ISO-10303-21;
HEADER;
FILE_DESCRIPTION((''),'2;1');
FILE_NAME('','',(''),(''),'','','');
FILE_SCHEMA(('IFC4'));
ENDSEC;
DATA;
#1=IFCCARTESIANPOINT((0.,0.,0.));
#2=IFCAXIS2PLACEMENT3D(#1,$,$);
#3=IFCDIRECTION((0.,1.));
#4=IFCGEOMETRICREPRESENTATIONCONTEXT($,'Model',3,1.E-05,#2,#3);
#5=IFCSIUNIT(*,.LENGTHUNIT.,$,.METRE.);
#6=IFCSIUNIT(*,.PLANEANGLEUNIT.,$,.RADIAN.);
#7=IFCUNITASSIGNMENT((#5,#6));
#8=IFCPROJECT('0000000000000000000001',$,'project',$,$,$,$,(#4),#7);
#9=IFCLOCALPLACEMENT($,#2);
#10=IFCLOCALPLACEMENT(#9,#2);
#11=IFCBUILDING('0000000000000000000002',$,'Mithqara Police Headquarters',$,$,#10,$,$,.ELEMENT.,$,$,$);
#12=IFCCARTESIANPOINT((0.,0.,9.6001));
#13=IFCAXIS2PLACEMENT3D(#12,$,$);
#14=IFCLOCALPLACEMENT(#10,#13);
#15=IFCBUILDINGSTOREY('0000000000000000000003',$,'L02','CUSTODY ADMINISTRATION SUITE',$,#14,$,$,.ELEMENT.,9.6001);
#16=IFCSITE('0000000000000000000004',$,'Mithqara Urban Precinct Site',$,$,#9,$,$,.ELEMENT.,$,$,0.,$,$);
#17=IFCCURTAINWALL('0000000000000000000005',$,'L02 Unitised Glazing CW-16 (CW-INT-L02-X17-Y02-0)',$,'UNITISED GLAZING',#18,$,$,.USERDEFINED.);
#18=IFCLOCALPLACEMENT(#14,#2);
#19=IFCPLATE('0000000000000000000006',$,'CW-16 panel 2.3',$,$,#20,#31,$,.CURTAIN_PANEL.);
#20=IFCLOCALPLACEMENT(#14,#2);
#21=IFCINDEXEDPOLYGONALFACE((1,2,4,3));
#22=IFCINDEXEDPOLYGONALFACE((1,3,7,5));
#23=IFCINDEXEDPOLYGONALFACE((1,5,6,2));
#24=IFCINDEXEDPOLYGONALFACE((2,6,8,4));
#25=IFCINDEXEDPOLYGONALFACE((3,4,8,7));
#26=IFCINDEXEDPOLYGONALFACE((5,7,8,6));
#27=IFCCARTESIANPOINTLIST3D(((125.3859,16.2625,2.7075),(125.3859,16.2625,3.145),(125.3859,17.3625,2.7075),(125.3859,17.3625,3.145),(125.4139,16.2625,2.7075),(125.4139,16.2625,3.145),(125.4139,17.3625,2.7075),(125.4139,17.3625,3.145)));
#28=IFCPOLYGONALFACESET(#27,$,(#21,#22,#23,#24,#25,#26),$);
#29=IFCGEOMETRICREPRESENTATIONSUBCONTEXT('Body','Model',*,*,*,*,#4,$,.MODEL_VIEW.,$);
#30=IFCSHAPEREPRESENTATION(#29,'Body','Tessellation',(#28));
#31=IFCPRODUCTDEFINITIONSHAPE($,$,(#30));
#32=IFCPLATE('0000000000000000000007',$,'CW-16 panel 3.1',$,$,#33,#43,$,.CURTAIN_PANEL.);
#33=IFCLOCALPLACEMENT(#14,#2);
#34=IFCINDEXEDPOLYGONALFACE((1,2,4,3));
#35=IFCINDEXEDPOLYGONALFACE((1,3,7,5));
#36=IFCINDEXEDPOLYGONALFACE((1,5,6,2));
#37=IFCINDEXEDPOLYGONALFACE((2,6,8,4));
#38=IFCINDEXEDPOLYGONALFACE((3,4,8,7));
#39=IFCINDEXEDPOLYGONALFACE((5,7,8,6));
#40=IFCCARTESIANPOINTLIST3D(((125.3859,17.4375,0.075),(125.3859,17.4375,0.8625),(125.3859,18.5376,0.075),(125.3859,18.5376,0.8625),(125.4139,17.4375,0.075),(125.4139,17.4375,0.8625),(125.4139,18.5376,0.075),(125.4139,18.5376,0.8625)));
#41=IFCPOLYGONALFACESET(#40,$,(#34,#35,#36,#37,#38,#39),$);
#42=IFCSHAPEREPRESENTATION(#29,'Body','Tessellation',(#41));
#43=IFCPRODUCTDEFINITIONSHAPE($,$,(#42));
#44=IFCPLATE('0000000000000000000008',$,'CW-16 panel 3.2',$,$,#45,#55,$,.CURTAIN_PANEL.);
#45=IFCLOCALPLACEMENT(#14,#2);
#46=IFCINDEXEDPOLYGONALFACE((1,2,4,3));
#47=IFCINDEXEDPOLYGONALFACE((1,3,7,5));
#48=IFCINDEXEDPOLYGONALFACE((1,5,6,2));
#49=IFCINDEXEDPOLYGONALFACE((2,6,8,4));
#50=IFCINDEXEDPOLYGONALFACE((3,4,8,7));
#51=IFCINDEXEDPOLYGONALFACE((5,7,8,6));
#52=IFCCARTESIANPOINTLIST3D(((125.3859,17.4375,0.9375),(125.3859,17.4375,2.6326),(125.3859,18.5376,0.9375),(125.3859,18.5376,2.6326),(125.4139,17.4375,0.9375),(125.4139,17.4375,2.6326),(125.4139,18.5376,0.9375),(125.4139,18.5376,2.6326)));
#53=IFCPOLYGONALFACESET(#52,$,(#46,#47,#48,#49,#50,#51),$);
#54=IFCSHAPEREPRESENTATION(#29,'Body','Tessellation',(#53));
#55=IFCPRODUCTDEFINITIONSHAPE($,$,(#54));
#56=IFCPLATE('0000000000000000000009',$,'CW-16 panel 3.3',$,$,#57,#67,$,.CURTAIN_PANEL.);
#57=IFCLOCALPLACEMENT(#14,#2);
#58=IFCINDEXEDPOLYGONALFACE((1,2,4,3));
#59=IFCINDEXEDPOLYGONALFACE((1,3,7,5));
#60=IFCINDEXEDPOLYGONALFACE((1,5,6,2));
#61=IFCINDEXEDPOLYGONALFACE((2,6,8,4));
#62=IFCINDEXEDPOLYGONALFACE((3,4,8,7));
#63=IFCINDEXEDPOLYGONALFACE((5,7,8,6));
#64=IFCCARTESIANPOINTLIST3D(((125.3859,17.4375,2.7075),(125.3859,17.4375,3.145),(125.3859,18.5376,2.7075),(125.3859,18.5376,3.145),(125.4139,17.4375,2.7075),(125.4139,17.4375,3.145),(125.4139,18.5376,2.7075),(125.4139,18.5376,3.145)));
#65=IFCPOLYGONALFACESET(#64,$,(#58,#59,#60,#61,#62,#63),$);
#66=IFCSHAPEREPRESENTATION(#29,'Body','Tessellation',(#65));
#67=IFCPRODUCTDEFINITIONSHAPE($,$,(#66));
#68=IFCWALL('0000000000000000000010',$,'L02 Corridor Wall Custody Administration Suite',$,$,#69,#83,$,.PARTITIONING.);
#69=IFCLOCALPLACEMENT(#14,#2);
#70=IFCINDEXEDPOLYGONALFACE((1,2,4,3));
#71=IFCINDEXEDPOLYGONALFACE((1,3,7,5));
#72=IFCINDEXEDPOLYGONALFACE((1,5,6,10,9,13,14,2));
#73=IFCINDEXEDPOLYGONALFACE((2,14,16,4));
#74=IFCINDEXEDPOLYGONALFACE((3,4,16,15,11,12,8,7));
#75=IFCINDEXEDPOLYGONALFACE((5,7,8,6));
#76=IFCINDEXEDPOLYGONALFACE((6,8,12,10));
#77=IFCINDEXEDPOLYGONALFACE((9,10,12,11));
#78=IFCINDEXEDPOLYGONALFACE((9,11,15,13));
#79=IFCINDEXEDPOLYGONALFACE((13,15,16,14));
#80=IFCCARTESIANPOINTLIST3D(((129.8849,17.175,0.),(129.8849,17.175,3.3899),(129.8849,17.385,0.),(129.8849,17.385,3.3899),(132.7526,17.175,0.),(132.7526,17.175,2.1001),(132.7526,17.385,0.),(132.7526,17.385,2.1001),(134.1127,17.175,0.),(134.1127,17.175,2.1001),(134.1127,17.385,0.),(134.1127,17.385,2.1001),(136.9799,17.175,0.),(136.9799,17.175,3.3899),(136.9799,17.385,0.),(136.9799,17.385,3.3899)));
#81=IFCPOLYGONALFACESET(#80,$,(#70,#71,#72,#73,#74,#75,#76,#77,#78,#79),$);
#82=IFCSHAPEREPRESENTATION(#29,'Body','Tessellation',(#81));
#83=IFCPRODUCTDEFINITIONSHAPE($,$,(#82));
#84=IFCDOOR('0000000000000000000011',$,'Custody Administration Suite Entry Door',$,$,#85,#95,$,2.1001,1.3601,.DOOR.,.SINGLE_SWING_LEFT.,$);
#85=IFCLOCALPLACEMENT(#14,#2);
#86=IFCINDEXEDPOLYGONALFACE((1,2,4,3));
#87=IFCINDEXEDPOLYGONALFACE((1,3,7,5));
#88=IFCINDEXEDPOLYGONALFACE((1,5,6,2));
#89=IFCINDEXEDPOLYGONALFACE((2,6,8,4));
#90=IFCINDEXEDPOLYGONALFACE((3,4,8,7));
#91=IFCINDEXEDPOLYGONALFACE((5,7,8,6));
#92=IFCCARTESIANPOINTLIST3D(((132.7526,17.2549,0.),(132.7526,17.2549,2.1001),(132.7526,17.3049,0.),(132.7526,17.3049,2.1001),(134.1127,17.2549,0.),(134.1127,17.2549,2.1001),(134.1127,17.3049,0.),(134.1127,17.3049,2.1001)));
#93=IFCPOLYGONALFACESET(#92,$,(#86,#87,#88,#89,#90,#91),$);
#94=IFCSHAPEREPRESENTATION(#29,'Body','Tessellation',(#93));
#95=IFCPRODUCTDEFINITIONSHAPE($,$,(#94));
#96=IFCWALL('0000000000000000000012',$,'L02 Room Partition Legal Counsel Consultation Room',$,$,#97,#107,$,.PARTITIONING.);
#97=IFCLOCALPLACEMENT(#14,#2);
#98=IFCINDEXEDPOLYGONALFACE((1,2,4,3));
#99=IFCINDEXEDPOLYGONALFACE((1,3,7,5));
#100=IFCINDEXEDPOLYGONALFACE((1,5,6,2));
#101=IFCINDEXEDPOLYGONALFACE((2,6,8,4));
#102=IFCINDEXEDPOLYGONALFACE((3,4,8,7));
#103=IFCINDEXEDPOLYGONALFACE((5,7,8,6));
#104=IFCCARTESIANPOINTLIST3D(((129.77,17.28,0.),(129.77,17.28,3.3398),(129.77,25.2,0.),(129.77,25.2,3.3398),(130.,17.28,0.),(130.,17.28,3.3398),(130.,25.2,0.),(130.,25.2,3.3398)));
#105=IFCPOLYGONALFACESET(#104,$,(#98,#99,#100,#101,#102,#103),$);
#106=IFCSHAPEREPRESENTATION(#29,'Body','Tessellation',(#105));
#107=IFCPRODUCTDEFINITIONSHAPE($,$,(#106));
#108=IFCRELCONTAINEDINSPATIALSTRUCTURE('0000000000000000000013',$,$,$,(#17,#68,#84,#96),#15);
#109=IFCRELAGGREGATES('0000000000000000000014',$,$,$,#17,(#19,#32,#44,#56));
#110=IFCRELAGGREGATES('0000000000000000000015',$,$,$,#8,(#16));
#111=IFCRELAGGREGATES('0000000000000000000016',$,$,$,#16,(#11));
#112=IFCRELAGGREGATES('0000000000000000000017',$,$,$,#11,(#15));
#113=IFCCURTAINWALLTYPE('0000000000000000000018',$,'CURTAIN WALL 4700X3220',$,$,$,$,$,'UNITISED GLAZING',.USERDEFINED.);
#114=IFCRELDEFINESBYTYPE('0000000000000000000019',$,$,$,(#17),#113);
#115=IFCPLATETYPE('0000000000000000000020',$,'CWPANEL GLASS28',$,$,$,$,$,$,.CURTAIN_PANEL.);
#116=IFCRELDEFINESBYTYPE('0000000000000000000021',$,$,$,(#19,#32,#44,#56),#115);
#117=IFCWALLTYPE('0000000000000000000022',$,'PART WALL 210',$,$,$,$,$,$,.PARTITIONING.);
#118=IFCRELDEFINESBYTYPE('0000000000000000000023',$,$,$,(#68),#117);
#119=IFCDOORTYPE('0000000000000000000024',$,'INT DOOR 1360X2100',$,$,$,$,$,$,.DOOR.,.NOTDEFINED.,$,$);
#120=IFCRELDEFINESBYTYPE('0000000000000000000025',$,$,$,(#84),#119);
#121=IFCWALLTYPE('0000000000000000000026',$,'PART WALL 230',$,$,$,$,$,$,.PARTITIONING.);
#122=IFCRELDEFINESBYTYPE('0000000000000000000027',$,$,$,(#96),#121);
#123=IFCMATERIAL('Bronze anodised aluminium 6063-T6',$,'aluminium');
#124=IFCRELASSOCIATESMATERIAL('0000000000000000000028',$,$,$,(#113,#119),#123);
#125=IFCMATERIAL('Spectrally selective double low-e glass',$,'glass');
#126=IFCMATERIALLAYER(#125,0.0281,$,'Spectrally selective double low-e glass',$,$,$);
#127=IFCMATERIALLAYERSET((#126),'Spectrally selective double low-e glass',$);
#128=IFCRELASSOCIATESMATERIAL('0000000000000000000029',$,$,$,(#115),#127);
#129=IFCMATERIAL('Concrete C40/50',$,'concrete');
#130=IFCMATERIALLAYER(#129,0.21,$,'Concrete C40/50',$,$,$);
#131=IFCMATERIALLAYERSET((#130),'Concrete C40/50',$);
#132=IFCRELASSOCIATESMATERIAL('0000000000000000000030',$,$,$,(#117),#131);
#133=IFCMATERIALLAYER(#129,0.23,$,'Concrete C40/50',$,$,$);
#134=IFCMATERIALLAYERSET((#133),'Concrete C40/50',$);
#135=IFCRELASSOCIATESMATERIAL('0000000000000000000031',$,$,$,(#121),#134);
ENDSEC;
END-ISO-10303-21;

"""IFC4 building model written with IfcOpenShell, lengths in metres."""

from ifc_helpers import new_model, si_unit, direction, frame, frame_2d, origin, origin_2d, place, context, subcontext, project, spatial, rectangle, extrude, material, layer, layer_set, type_object, element, fill, aggregate, save


model = new_model("IFC4")

# Units and contexts
model_context = context("Model", 3, precision=1e-05, world=origin(), true_north=direction((0.0, 1.0)))
body_context = subcontext(model_context, "Body", "Model", "MODEL_VIEW")
ifc_project = project(units=[si_unit("LENGTHUNIT", "METRE"), si_unit("PLANEANGLEUNIT", "RADIAN")], contexts=[model_context])

# Site, building, storey
site_placement = place(None, origin())
site = spatial("IfcSite", under=ifc_project, at=site_placement, Name="Mithqara Urban Precinct Site", CompositionType="ELEMENT", RefElevation=0.0)
building_placement = place(site_placement, origin())
building = spatial("IfcBuilding", under=site, at=building_placement, Name="Mithqara Police Headquarters", CompositionType="ELEMENT")
storey_placement = place(building_placement, frame((0.0, 0.0, 9.6001)))
storey = spatial("IfcBuildingStorey", under=building, at=storey_placement, Name="L02", Description="CUSTODY ADMINISTRATION SUITE", CompositionType="ELEMENT", Elevation=9.6001)

# Curtain wall, plates
ifc_material_1 = material(Name="Bronze anodised aluminium 6063-T6", Category="aluminium")
curtain_wall_type = type_object("IfcCurtainWallType", Name="CURTAIN WALL 4700X3220", ElementType="UNITISED GLAZING", PredefinedType="USERDEFINED", material=ifc_material_1)
curtain_wall_placement = place(storey_placement, origin())
curtain_wall = element("IfcCurtainWall", 1, at=curtain_wall_placement, inside=storey, type_object=curtain_wall_type, Name="L02 Unitised Glazing CW-16 (CW-INT-L02-X17-Y02-0)", ObjectType="UNITISED GLAZING", PredefinedType="USERDEFINED")
ifc_material_2 = material(Name="Spectrally selective double low-e glass", Category="glass")
ifc_layer_1 = layer(ifc_material_2, 0.0281, Name="Spectrally selective double low-e glass")
ifc_layer_set_1 = layer_set([ifc_layer_1], Name="Spectrally selective double low-e glass")
plate_type = type_object("IfcPlateType", Name="CWPANEL GLASS28", PredefinedType="CURTAIN_PANEL", material=ifc_layer_set_1)
plate_1_placement = place(storey_placement, frame((125.3999, 16.8125, 2.7075), z_axis=(0.0, 0.0, 1.0), x_axis=(0.0, 1.0, 0.0)))
plate_1 = element("IfcPlate", 2, at=plate_1_placement, type_object=plate_type, Name="CW-16 panel 2.3", PredefinedType="CURTAIN_PANEL", context=body_context, shape_type="SweptSolid", body=[
    extrude(rectangle(XDim=1.1001, YDim=0.0281, at=origin_2d()), origin(), (0.0, 0.0, 1.0), 0.4375),
])
plate_2_placement = place(storey_placement, frame((125.3999, 17.9875, 0.075), z_axis=(0.0, 0.0, 1.0), x_axis=(0.0, 1.0, 0.0)))
plate_2 = element("IfcPlate", 3, at=plate_2_placement, type_object=plate_type, Name="CW-16 panel 3.1", PredefinedType="CURTAIN_PANEL", context=body_context, shape_type="SweptSolid", body=[
    extrude(rectangle(XDim=1.1001, YDim=0.0281, at=origin_2d()), origin(), (0.0, 0.0, 1.0), 0.7876),
])
plate_3_placement = place(storey_placement, frame((125.3999, 17.9875, 0.9375), z_axis=(0.0, 0.0, 1.0), x_axis=(0.0, 1.0, 0.0)))
plate_3 = element("IfcPlate", 4, at=plate_3_placement, type_object=plate_type, Name="CW-16 panel 3.2", PredefinedType="CURTAIN_PANEL", context=body_context, shape_type="SweptSolid", body=[
    extrude(rectangle(XDim=1.1001, YDim=0.0281, at=origin_2d()), origin(), (0.0, 0.0, 1.0), 1.6951),
])
plate_4_placement = place(storey_placement, frame((125.3999, 17.9875, 2.7075), z_axis=(0.0, 0.0, 1.0), x_axis=(0.0, 1.0, 0.0)))
plate_4 = element("IfcPlate", 5, at=plate_4_placement, type_object=plate_type, Name="CW-16 panel 3.3", PredefinedType="CURTAIN_PANEL", context=body_context, shape_type="SweptSolid", body=[
    extrude(rectangle(XDim=1.1001, YDim=0.0281, at=origin_2d()), origin(), (0.0, 0.0, 1.0), 0.4375),
])
aggregate(curtain_wall, [plate_1, plate_2, plate_3, plate_4])

# Wall, opening, door
ifc_material_3 = material(Name="Concrete C40/50", Category="concrete")
ifc_layer_2 = layer(ifc_material_3, 0.21, Name="Concrete C40/50")
ifc_layer_set_2 = layer_set([ifc_layer_2], Name="Concrete C40/50")
wall_type_1 = type_object("IfcWallType", Name="PART WALL 210", PredefinedType="PARTITIONING", material=ifc_layer_set_2)
wall_1_placement = place(storey_placement, frame((129.885, 17.28, 0.0), z_axis=(0.0, 0.0, 1.0), x_axis=(1.0, 0.0, 0.0)))
wall_1 = element("IfcWall", 6, at=wall_1_placement, inside=storey, type_object=wall_type_1, Name="L02 Corridor Wall Custody Administration Suite", PredefinedType="PARTITIONING", context=body_context, shape_type="SweptSolid", body=[
    extrude(rectangle(XDim=7.095, YDim=0.21, at=frame_2d((3.5474, 0.0))), origin(), (0.0, 0.0, 1.0), 3.3899),
])
opening_placement = place(wall_1_placement, frame((2.8674, 0.0, 0.0)))
opening = element("IfcOpeningElement", 7, at=opening_placement, cuts=wall_1, PredefinedType="OPENING", context=body_context, shape_type="SweptSolid", body=[
    extrude(rectangle(XDim=1.3601, YDim=2.1001, at=frame_2d((0.6802, 1.05))), frame((0.0, 0.115, 0.0), z_axis=(0.0, -1.0, 0.0), x_axis=(1.0, 0.0, 0.0)), (0.0, 0.0, 1.0), 0.23),
])
door_type = type_object("IfcDoorType", Name="INT DOOR 1360X2100", OperationType="NOTDEFINED", PredefinedType="DOOR", material=ifc_material_1)
door_placement = place(opening_placement, origin())
door = element("IfcDoor", 8, at=door_placement, inside=storey, type_object=door_type, Name="Custody Administration Suite Entry Door", OperationType="SINGLE_SWING_LEFT", OverallHeight=2.1001, OverallWidth=1.3601, PredefinedType="DOOR", context=body_context, shape_type="SweptSolid", body=[
    extrude(rectangle(XDim=1.3601, YDim=2.1001, at=frame_2d((0.6802, 1.05))), frame((0.0, 0.0249, 0.0), z_axis=(0.0, -1.0, 0.0), x_axis=(1.0, 0.0, 0.0)), (0.0, 0.0, 1.0), 0.05),
])
fill(opening, door)

# Wall
ifc_layer_3 = layer(ifc_material_3, 0.23, Name="Concrete C40/50")
ifc_layer_set_3 = layer_set([ifc_layer_3], Name="Concrete C40/50")
wall_type_2 = type_object("IfcWallType", Name="PART WALL 230", PredefinedType="PARTITIONING", material=ifc_layer_set_3)
wall_2_placement = place(storey_placement, frame((129.885, 17.28, 0.0), z_axis=(0.0, 0.0, 1.0), x_axis=(0.0, 1.0, 0.0)))
element("IfcWall", 9, at=wall_2_placement, inside=storey, type_object=wall_type_2, Name="L02 Room Partition Legal Counsel Consultation Room", PredefinedType="PARTITIONING", context=body_context, shape_type="SweptSolid", body=[
    extrude(rectangle(XDim=7.9199, YDim=0.23, at=frame_2d((3.96, 0.0))), origin(), (0.0, 0.0, 1.0), 3.3398),
])

save(model, "model.ifc")
